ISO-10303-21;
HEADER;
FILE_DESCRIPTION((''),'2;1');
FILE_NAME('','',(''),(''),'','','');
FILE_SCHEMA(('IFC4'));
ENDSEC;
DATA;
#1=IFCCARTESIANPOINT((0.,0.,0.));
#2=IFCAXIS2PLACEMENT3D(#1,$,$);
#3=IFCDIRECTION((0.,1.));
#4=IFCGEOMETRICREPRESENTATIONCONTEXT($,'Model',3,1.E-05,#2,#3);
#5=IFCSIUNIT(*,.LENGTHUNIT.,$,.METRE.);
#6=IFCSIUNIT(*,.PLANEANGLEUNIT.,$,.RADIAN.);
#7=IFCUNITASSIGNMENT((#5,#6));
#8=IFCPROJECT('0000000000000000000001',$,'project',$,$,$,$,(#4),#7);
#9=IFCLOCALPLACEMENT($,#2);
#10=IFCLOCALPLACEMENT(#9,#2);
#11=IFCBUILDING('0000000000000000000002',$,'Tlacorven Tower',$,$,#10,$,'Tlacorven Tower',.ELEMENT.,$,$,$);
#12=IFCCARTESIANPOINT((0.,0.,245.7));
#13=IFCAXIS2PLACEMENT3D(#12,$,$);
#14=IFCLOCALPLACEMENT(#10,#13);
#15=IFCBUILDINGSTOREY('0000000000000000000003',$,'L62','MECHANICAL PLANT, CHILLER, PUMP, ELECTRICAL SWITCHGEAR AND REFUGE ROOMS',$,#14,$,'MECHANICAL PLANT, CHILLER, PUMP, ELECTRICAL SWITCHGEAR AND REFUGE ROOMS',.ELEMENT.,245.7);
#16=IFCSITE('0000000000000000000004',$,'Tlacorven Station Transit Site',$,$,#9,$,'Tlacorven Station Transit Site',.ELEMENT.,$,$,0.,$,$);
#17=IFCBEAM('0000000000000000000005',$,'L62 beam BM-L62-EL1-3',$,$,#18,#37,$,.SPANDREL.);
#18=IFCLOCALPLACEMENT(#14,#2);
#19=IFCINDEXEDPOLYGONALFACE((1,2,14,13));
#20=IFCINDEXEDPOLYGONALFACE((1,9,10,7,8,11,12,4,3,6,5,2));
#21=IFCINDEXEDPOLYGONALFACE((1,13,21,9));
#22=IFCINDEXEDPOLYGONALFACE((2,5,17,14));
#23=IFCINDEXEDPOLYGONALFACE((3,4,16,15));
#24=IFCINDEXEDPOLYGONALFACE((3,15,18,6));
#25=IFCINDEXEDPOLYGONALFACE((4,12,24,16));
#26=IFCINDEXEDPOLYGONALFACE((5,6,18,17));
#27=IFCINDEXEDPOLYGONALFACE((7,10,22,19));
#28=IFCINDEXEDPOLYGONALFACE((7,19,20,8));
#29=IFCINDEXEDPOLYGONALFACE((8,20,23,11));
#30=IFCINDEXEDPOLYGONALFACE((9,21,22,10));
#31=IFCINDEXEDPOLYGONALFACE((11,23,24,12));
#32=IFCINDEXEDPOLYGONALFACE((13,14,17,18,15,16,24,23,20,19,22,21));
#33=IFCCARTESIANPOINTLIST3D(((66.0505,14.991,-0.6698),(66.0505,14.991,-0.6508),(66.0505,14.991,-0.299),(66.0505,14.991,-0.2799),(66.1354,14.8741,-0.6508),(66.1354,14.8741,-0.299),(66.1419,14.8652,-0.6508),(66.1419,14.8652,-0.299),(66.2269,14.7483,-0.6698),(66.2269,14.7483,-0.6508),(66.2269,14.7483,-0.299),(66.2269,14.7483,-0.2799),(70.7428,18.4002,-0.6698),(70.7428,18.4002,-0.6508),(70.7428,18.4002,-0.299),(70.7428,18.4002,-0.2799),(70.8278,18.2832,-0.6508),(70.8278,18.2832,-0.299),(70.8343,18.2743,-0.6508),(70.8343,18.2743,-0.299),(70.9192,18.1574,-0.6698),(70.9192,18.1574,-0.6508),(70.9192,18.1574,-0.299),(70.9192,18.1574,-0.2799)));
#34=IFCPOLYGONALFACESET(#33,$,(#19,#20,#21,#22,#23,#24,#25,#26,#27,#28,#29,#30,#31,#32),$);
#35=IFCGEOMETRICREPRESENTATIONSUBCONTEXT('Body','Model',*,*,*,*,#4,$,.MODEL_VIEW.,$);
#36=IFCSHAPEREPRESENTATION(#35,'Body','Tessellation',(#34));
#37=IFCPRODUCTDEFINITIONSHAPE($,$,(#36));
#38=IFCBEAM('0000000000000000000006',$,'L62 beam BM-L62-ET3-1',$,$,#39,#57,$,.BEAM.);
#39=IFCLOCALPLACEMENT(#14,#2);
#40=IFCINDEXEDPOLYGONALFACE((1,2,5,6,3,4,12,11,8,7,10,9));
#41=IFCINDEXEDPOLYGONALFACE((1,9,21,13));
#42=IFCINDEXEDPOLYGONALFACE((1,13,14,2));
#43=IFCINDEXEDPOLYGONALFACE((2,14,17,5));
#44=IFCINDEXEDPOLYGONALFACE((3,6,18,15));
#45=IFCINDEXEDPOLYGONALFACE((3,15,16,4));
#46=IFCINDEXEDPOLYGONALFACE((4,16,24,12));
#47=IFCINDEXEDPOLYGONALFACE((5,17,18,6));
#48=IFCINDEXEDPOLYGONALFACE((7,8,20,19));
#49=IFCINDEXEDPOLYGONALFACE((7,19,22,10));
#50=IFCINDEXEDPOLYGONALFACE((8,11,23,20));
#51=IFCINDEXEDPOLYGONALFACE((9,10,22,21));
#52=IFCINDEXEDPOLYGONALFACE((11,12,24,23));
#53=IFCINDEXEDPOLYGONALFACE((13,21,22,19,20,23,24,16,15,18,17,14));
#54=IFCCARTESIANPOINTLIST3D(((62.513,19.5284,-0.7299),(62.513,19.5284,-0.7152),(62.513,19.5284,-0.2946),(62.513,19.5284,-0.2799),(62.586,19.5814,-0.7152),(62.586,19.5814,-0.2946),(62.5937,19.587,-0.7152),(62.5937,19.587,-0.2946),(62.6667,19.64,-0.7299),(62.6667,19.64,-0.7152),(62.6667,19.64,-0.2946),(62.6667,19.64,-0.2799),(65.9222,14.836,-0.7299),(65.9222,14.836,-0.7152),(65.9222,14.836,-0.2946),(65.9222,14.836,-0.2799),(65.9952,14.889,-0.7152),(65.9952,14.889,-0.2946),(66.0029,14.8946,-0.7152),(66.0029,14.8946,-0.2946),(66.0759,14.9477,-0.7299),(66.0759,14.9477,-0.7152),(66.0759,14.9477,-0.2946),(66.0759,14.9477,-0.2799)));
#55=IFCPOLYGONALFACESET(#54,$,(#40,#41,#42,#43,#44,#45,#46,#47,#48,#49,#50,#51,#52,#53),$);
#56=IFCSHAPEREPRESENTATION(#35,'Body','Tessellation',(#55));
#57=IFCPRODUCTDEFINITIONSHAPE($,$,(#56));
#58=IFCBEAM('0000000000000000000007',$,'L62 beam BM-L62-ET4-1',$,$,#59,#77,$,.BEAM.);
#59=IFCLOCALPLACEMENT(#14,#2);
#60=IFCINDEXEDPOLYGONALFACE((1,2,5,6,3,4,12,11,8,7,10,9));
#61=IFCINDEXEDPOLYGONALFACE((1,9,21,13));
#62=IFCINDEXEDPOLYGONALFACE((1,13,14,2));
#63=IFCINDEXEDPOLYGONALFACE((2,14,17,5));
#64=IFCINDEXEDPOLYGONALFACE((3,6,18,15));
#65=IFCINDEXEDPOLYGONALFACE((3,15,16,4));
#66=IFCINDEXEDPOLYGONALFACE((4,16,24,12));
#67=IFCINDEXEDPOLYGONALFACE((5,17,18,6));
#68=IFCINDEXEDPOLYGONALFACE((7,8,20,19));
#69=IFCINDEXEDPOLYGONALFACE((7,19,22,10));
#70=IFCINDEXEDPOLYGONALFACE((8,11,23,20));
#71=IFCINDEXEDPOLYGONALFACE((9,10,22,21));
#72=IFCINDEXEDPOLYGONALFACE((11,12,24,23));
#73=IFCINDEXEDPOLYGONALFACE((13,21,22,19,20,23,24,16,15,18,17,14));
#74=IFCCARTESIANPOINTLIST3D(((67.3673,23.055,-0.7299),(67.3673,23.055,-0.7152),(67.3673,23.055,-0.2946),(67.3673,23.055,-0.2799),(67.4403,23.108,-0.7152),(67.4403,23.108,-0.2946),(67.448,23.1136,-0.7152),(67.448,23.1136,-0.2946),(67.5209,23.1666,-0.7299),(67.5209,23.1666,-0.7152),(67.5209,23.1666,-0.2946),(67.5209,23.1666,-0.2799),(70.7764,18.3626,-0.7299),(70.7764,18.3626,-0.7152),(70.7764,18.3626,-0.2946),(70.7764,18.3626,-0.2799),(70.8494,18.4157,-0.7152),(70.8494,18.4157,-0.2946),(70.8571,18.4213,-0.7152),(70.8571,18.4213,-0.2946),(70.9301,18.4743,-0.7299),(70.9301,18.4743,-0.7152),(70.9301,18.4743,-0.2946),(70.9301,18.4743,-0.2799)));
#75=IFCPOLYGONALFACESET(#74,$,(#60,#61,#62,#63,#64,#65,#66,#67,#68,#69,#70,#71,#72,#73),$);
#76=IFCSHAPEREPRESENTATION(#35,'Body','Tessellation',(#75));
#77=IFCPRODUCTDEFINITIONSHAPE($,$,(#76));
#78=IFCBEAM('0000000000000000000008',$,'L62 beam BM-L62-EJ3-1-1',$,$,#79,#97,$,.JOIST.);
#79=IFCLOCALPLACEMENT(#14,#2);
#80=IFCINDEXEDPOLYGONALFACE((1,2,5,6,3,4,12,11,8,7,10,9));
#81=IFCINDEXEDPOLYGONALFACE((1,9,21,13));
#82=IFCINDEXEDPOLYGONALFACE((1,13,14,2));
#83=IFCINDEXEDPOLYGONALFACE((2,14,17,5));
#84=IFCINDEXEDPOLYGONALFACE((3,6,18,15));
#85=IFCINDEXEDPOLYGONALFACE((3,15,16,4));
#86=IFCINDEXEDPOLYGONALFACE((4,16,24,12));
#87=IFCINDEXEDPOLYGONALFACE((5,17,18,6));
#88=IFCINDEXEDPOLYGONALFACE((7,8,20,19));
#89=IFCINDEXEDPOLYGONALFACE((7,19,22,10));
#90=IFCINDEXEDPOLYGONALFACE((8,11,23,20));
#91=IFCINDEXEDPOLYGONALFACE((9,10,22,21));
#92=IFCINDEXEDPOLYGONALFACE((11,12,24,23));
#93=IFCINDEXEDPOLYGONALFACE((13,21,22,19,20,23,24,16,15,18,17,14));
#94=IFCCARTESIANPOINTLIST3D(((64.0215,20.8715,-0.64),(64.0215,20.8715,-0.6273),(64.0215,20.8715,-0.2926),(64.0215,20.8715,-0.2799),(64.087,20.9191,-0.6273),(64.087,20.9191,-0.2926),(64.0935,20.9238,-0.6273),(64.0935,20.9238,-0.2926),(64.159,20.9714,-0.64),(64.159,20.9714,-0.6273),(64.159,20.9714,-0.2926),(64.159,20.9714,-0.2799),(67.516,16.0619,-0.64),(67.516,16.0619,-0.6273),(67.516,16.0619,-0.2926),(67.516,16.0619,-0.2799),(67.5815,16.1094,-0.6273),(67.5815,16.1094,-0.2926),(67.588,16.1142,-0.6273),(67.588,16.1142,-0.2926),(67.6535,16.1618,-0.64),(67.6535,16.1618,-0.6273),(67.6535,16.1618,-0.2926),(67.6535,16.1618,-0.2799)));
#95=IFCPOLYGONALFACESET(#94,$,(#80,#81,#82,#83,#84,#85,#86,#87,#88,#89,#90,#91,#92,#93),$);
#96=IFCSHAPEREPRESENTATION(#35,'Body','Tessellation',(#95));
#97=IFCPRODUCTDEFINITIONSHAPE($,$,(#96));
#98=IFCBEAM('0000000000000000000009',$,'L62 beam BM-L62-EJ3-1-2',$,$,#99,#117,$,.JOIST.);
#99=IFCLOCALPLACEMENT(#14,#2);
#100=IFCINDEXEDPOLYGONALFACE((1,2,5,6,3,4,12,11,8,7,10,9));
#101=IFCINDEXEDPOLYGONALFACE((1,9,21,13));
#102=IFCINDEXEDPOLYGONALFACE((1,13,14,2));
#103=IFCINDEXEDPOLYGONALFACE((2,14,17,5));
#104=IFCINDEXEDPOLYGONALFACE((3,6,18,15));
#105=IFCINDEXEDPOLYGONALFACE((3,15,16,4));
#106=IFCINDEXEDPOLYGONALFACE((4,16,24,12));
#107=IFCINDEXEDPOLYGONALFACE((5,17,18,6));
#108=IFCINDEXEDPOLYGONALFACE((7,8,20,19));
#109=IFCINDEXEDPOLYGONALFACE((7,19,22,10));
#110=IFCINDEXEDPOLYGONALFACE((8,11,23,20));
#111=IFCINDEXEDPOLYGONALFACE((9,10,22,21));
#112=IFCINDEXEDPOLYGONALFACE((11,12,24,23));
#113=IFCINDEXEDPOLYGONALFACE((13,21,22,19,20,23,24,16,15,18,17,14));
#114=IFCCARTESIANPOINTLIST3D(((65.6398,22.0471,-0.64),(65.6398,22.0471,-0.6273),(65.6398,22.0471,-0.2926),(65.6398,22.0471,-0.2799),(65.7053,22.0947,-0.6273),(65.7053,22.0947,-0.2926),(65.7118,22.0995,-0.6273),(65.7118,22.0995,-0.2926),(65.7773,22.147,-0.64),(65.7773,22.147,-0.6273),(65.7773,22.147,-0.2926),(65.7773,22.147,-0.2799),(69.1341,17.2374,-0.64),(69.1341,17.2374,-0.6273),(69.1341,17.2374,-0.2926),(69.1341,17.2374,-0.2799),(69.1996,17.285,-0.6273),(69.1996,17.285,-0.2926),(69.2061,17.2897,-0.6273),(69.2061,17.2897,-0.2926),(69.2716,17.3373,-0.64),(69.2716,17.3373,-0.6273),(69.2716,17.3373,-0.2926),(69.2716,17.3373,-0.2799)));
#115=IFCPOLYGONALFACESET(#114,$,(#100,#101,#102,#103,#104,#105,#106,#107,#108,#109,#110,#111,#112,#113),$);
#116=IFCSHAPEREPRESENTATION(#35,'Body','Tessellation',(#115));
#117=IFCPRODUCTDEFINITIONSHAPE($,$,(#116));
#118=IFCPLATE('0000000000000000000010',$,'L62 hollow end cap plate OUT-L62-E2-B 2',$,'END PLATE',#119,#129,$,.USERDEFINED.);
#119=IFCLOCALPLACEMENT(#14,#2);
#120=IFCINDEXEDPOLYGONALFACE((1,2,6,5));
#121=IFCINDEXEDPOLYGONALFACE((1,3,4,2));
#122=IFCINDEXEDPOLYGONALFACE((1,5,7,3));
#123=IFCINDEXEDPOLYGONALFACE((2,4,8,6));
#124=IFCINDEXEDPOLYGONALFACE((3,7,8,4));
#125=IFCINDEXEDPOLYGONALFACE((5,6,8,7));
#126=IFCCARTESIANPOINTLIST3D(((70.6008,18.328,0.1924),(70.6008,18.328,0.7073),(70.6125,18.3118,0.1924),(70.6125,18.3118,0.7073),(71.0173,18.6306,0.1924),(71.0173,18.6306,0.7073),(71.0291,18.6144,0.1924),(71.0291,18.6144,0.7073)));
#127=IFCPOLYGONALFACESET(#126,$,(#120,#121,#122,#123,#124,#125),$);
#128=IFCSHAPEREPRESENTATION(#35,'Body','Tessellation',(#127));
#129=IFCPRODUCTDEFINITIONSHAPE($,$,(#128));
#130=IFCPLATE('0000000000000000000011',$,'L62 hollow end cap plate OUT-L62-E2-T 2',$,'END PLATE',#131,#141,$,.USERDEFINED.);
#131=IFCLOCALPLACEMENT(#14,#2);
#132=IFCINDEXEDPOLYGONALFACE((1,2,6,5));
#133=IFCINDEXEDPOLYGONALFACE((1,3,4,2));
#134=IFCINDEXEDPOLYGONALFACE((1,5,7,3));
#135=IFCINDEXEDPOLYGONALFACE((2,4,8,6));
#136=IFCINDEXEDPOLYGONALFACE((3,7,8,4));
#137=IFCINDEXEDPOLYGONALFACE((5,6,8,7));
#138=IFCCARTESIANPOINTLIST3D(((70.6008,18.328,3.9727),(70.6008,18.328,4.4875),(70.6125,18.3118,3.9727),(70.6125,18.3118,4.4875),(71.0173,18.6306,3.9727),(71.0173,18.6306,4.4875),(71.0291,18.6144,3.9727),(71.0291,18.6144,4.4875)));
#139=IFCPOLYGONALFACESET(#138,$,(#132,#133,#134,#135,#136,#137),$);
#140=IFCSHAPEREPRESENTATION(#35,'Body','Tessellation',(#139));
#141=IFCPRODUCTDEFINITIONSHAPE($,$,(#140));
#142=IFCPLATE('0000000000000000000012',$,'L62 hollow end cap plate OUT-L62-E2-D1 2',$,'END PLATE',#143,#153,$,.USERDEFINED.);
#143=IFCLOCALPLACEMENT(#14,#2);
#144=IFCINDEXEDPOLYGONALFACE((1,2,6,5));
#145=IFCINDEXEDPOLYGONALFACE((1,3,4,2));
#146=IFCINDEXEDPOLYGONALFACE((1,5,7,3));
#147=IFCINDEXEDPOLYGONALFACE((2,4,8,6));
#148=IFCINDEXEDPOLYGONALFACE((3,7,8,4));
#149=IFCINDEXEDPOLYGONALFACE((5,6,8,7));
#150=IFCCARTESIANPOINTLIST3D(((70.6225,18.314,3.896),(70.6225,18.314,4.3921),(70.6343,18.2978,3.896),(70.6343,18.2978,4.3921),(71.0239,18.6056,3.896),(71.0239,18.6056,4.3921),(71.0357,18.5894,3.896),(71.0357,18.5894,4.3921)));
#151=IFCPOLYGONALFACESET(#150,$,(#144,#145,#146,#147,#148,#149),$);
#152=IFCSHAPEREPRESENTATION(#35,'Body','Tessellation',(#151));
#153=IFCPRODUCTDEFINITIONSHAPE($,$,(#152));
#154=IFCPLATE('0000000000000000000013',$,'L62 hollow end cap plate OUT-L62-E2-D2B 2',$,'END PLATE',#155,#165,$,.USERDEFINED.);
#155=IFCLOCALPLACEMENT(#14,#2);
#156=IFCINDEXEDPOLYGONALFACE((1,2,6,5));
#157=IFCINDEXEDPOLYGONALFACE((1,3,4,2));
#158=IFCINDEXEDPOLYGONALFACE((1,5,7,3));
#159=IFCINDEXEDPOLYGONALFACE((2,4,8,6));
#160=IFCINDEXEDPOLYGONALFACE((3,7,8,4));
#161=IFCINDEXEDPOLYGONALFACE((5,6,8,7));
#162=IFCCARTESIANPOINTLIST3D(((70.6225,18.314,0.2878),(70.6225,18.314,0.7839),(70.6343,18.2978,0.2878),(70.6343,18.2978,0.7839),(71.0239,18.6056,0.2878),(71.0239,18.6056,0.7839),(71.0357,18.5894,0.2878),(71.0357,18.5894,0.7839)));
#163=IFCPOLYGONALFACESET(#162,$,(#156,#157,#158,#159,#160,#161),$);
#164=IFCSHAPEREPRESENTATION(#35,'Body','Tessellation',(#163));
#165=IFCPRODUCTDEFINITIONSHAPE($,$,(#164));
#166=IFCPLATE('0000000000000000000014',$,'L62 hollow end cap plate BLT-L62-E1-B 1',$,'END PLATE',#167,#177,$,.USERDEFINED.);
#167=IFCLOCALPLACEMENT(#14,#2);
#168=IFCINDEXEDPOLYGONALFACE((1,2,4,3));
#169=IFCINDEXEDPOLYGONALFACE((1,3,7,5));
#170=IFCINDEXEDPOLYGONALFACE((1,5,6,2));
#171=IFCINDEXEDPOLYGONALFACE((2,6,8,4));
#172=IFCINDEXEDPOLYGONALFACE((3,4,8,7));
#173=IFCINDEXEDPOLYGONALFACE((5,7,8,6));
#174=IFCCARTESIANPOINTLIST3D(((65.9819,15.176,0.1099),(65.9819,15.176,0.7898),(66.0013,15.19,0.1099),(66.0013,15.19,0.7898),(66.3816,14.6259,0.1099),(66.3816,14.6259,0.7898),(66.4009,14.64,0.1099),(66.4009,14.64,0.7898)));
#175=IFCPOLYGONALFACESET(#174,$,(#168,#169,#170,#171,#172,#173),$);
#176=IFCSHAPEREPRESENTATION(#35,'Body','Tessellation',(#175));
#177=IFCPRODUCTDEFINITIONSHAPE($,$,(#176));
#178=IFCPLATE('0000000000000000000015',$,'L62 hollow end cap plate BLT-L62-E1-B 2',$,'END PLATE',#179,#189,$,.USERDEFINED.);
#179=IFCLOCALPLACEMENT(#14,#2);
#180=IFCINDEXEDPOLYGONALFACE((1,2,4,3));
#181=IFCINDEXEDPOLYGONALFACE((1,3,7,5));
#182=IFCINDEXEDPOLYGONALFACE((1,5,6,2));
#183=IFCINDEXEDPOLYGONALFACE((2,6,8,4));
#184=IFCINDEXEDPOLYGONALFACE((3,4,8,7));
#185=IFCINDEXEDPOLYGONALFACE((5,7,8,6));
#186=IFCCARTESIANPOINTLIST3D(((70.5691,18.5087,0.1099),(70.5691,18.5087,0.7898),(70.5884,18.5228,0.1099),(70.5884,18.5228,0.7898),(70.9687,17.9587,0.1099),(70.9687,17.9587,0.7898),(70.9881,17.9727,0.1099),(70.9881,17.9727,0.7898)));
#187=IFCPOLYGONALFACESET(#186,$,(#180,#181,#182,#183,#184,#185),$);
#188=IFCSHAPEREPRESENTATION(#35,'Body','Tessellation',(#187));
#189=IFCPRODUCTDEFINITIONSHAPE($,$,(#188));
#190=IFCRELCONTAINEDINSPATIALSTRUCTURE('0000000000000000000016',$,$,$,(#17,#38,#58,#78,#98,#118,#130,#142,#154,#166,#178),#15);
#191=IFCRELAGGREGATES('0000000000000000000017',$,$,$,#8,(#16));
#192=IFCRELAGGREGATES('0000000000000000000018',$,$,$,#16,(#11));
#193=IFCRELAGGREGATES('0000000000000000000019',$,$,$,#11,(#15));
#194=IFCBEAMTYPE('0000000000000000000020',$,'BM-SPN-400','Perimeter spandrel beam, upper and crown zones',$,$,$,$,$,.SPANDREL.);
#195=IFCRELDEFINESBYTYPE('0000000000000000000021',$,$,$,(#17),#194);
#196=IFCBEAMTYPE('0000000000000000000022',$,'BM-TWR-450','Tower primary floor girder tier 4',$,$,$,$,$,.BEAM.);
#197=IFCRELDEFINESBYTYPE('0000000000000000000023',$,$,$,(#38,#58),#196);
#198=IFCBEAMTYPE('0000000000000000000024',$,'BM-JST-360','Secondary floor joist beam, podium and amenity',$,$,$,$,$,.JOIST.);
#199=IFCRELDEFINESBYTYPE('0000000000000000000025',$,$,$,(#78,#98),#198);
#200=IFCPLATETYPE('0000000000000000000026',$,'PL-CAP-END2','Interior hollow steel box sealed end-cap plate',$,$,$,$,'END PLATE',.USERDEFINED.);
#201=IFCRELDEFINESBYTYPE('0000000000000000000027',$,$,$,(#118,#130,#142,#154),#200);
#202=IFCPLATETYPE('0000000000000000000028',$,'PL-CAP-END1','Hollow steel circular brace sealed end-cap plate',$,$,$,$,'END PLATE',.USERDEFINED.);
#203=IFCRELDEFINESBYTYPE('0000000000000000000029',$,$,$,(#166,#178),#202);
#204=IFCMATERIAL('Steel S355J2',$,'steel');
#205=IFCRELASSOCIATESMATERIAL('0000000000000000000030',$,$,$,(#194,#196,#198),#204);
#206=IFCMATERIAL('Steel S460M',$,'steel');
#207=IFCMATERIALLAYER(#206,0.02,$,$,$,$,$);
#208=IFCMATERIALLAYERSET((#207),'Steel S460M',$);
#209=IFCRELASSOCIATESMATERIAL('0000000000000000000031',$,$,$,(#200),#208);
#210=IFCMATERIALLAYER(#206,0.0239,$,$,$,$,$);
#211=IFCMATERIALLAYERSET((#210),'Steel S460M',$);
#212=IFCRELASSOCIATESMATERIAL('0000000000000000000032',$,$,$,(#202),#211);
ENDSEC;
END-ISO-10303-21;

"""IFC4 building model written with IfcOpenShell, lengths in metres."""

from ifc_helpers import new_model, si_unit, direction, frame, origin, origin_2d, place, context, subcontext, project, spatial, rectangle, i_section, extrude, source, transform, mapped, material, layer, layer_set, material_profile, profile_set, type_object, element, save


model = new_model("IFC4")

# Units and contexts
model_context = context("Model", 3, precision=1e-05, world=origin(), true_north=direction((0.0, 1.0)))
body_context = subcontext(model_context, "Body", "Model", "MODEL_VIEW")
ifc_project = project(units=[si_unit("LENGTHUNIT", "METRE"), si_unit("PLANEANGLEUNIT", "RADIAN")], contexts=[model_context])

# Site, building, storey
site_placement = place(None, origin())
site = spatial("IfcSite", under=ifc_project, at=site_placement, Name="Tlacorven Station Transit Site", LongName="Tlacorven Station Transit Site", CompositionType="ELEMENT", RefElevation=0.0)
building_placement = place(site_placement, origin())
building = spatial("IfcBuilding", under=site, at=building_placement, Name="Tlacorven Tower", LongName="Tlacorven Tower", CompositionType="ELEMENT")
storey_placement = place(building_placement, frame((0.0, 0.0, 245.7)))
storey = spatial("IfcBuildingStorey", under=building, at=storey_placement, Name="L62", Description="MECHANICAL PLANT, CHILLER, PUMP, ELECTRICAL SWITCHGEAR AND REFUGE ROOMS", LongName="MECHANICAL PLANT, CHILLER, PUMP, ELECTRICAL SWITCHGEAR AND REFUGE ROOMS", CompositionType="ELEMENT", Elevation=245.7)

# Shared definitions
ifc_material_1 = material(Name="Steel S355J2", Category="steel")

# Shared definitions
ifc_material_2 = material(Name="Steel S460M", Category="steel")

# Beams
ifc_material_profile_1 = material_profile(ifc_material_1, i_section(OverallWidth=0.3, OverallDepth=0.3899, WebThickness=0.011, FlangeThickness=0.019, at=origin_2d()), Name="HEA 400")
ifc_profile_set_1 = profile_set([ifc_material_profile_1], Name="Steel S355J2")
beam_type_1 = type_object("IfcBeamType", Name="BM-SPN-400", Description="Perimeter spandrel beam, upper and crown zones", PredefinedType="SPANDREL", material=ifc_profile_set_1)
shared_shape_1 = source(origin(), body_context, "Body", "SweptSolid", [
    extrude(i_section(OverallWidth=0.3, OverallDepth=0.3899, WebThickness=0.011, FlangeThickness=0.019, at=origin_2d()), origin(), (0.0, 0.0, 1.0), 5.8),
])
beam_1_placement = place(storey_placement, frame((66.1387, 14.8696, -0.4749), z_axis=(0.80902, 0.587781, 0.0), x_axis=(-0.587781, 0.80902, 0.0)))
element("IfcBeam", 1, at=beam_1_placement, inside=storey, type_object=beam_type_1, Name="L62 beam BM-L62-EL1-3", PredefinedType="SPANDREL", context=body_context, shape_type="MappedRepresentation", body=[
    mapped(shared_shape_1, transform((0.0, 0.0, 0.0), scale=1.0)),
])
ifc_material_profile_2 = material_profile(ifc_material_1, i_section(OverallWidth=0.1899, OverallDepth=0.45, WebThickness=0.0095, FlangeThickness=0.0146, at=origin_2d()), Name="IPE 450")
ifc_profile_set_2 = profile_set([ifc_material_profile_2], Name="Steel S355J2")
beam_type_2 = type_object("IfcBeamType", Name="BM-TWR-450", Description="Tower primary floor girder tier 4", PredefinedType="BEAM", material=ifc_profile_set_2)
shared_shape_2 = source(origin(), body_context, "Body", "SweptSolid", [
    extrude(i_section(OverallWidth=0.1899, OverallDepth=0.45, WebThickness=0.0095, FlangeThickness=0.0146, at=origin_2d()), origin(), (0.0, 0.0, 1.0), 5.8),
])
for number, where, z_axis, x_axis, name in (
    (2, (65.999, 14.8918, -0.5049), (-0.587781, 0.80902, 0.0), (-0.80902, -0.587781, 0.0), "L62 beam BM-L62-ET3-1"),
    (3, (70.8533, 18.4185, -0.5049), (-0.587781, 0.80902, 0.0), (-0.80902, -0.587781, 0.0), "L62 beam BM-L62-ET4-1"),
):
    element("IfcBeam", number, at=place(storey_placement, frame(where, z_axis=z_axis, x_axis=x_axis)), inside=storey, type_object=beam_type_2, Name=name, PredefinedType="BEAM", context=body_context, shape_type="MappedRepresentation", body=[
        mapped(shared_shape_2, transform((0.0, 0.0, 0.0), scale=1.0)),
    ])
ifc_material_profile_3 = material_profile(ifc_material_1, i_section(OverallWidth=0.1699, OverallDepth=0.3601, WebThickness=0.0081, FlangeThickness=0.0127, at=origin_2d()), Name="IPE 360")
ifc_profile_set_3 = profile_set([ifc_material_profile_3], Name="Steel S355J2")
beam_type_3 = type_object("IfcBeamType", Name="BM-JST-360", Description="Secondary floor joist beam, podium and amenity", PredefinedType="JOIST", material=ifc_profile_set_3)
shared_shape_3 = source(origin(), body_context, "Body", "SweptSolid", [
    extrude(i_section(OverallWidth=0.1699, OverallDepth=0.3601, WebThickness=0.0081, FlangeThickness=0.0127, at=origin_2d()), origin(), (0.0, 0.0, 1.0), 5.9451),
])
for number, where, z_axis, x_axis, name in (
    (4, (67.5847, 16.1118, -0.46), (-0.587788, 0.809015, 0.0), (-0.809015, -0.587788, 0.0), "L62 beam BM-L62-EJ3-1-1"),
    (5, (69.2029, 17.2874, -0.46), (-0.587769, 0.809029, 0.0), (-0.809029, -0.587769, 0.0), "L62 beam BM-L62-EJ3-1-2"),
):
    element("IfcBeam", number, at=place(storey_placement, frame(where, z_axis=z_axis, x_axis=x_axis)), inside=storey, type_object=beam_type_3, Name=name, PredefinedType="JOIST", context=body_context, shape_type="MappedRepresentation", body=[
        mapped(shared_shape_3, transform((0.0, 0.0, 0.0), scale=1.0)),
    ])

# Plates
ifc_layer_1 = layer(ifc_material_2, 0.02)
ifc_layer_set_1 = layer_set([ifc_layer_1], Name="Steel S460M")
plate_type_1 = type_object("IfcPlateType", Name="PL-CAP-END2", Description="Interior hollow steel box sealed end-cap plate", ElementType="END PLATE", PredefinedType="USERDEFINED", material=ifc_layer_set_1)
shared_shape_4 = source(origin(), body_context, "Body", "SweptSolid", [
    extrude(rectangle(XDim=0.02, YDim=0.5149, at=origin_2d()), origin(), (0.0, 0.0, 1.0), 0.5149),
])
for number, where, z_axis, x_axis, name in (
    (6, (70.8149, 18.4712, 0.1924), (0.0, 0.0, 1.0), (0.587785, -0.809017, 0.0), "L62 hollow end cap plate OUT-L62-E2-B 2"),
    (7, (70.8149, 18.4712, 3.9727), (0.0, 0.0, 1.0), (0.587785, -0.809017, 0.0), "L62 hollow end cap plate OUT-L62-E2-T 2"),
):
    element("IfcPlate", number, at=place(storey_placement, frame(where, z_axis=z_axis, x_axis=x_axis)), inside=storey, type_object=plate_type_1, Name=name, ObjectType="END PLATE", PredefinedType="USERDEFINED", context=body_context, shape_type="MappedRepresentation", body=[
        mapped(shared_shape_4, transform((0.0, 0.0, 0.0), scale=1.0)),
    ])
shared_shape_5 = source(origin(), body_context, "Body", "SweptSolid", [
    extrude(rectangle(XDim=0.02, YDim=0.4961, at=origin_2d()), origin(), (0.0, 0.0, 1.0), 0.4961),
])
for number, where, z_axis, x_axis, name in (
    (8, (70.8291, 18.4517, 3.896), (0.0, 0.0, 1.0), (0.587785, -0.809017, 0.0), "L62 hollow end cap plate OUT-L62-E2-D1 2"),
    (9, (70.8291, 18.4517, 0.2878), (0.0, 0.0, 1.0), (0.587785, -0.809017, 0.0), "L62 hollow end cap plate OUT-L62-E2-D2B 2"),
):
    element("IfcPlate", number, at=place(storey_placement, frame(where, z_axis=z_axis, x_axis=x_axis)), inside=storey, type_object=plate_type_1, Name=name, ObjectType="END PLATE", PredefinedType="USERDEFINED", context=body_context, shape_type="MappedRepresentation", body=[
        mapped(shared_shape_5, transform((0.0, 0.0, 0.0), scale=1.0)),
    ])
ifc_layer_2 = layer(ifc_material_2, 0.0239)
ifc_layer_set_2 = layer_set([ifc_layer_2], Name="Steel S460M")
plate_type_2 = type_object("IfcPlateType", Name="PL-CAP-END1", Description="Hollow steel circular brace sealed end-cap plate", ElementType="END PLATE", PredefinedType="USERDEFINED", material=ifc_layer_set_2)
shared_shape_6 = source(origin(), body_context, "Body", "SweptSolid", [
    extrude(rectangle(XDim=0.0239, YDim=0.6799, at=origin_2d()), origin(), (0.0, 0.0, 1.0), 0.6799),
])
for number, where, z_axis, x_axis, name in (
    (10, (66.1914, 14.908, 0.1099), (0.0, 0.0, 1.0), (0.809017, 0.587785, 0.0), "L62 hollow end cap plate BLT-L62-E1-B 1"),
    (11, (70.7786, 18.2407, 0.1099), (0.0, 0.0, 1.0), (0.809017, 0.587785, 0.0), "L62 hollow end cap plate BLT-L62-E1-B 2"),
):
    element("IfcPlate", number, at=place(storey_placement, frame(where, z_axis=z_axis, x_axis=x_axis)), inside=storey, type_object=plate_type_2, Name=name, ObjectType="END PLATE", PredefinedType="USERDEFINED", context=body_context, shape_type="MappedRepresentation", body=[
        mapped(shared_shape_6, transform((0.0, 0.0, 0.0), scale=1.0)),
    ])

save(model, "model.ifc")
